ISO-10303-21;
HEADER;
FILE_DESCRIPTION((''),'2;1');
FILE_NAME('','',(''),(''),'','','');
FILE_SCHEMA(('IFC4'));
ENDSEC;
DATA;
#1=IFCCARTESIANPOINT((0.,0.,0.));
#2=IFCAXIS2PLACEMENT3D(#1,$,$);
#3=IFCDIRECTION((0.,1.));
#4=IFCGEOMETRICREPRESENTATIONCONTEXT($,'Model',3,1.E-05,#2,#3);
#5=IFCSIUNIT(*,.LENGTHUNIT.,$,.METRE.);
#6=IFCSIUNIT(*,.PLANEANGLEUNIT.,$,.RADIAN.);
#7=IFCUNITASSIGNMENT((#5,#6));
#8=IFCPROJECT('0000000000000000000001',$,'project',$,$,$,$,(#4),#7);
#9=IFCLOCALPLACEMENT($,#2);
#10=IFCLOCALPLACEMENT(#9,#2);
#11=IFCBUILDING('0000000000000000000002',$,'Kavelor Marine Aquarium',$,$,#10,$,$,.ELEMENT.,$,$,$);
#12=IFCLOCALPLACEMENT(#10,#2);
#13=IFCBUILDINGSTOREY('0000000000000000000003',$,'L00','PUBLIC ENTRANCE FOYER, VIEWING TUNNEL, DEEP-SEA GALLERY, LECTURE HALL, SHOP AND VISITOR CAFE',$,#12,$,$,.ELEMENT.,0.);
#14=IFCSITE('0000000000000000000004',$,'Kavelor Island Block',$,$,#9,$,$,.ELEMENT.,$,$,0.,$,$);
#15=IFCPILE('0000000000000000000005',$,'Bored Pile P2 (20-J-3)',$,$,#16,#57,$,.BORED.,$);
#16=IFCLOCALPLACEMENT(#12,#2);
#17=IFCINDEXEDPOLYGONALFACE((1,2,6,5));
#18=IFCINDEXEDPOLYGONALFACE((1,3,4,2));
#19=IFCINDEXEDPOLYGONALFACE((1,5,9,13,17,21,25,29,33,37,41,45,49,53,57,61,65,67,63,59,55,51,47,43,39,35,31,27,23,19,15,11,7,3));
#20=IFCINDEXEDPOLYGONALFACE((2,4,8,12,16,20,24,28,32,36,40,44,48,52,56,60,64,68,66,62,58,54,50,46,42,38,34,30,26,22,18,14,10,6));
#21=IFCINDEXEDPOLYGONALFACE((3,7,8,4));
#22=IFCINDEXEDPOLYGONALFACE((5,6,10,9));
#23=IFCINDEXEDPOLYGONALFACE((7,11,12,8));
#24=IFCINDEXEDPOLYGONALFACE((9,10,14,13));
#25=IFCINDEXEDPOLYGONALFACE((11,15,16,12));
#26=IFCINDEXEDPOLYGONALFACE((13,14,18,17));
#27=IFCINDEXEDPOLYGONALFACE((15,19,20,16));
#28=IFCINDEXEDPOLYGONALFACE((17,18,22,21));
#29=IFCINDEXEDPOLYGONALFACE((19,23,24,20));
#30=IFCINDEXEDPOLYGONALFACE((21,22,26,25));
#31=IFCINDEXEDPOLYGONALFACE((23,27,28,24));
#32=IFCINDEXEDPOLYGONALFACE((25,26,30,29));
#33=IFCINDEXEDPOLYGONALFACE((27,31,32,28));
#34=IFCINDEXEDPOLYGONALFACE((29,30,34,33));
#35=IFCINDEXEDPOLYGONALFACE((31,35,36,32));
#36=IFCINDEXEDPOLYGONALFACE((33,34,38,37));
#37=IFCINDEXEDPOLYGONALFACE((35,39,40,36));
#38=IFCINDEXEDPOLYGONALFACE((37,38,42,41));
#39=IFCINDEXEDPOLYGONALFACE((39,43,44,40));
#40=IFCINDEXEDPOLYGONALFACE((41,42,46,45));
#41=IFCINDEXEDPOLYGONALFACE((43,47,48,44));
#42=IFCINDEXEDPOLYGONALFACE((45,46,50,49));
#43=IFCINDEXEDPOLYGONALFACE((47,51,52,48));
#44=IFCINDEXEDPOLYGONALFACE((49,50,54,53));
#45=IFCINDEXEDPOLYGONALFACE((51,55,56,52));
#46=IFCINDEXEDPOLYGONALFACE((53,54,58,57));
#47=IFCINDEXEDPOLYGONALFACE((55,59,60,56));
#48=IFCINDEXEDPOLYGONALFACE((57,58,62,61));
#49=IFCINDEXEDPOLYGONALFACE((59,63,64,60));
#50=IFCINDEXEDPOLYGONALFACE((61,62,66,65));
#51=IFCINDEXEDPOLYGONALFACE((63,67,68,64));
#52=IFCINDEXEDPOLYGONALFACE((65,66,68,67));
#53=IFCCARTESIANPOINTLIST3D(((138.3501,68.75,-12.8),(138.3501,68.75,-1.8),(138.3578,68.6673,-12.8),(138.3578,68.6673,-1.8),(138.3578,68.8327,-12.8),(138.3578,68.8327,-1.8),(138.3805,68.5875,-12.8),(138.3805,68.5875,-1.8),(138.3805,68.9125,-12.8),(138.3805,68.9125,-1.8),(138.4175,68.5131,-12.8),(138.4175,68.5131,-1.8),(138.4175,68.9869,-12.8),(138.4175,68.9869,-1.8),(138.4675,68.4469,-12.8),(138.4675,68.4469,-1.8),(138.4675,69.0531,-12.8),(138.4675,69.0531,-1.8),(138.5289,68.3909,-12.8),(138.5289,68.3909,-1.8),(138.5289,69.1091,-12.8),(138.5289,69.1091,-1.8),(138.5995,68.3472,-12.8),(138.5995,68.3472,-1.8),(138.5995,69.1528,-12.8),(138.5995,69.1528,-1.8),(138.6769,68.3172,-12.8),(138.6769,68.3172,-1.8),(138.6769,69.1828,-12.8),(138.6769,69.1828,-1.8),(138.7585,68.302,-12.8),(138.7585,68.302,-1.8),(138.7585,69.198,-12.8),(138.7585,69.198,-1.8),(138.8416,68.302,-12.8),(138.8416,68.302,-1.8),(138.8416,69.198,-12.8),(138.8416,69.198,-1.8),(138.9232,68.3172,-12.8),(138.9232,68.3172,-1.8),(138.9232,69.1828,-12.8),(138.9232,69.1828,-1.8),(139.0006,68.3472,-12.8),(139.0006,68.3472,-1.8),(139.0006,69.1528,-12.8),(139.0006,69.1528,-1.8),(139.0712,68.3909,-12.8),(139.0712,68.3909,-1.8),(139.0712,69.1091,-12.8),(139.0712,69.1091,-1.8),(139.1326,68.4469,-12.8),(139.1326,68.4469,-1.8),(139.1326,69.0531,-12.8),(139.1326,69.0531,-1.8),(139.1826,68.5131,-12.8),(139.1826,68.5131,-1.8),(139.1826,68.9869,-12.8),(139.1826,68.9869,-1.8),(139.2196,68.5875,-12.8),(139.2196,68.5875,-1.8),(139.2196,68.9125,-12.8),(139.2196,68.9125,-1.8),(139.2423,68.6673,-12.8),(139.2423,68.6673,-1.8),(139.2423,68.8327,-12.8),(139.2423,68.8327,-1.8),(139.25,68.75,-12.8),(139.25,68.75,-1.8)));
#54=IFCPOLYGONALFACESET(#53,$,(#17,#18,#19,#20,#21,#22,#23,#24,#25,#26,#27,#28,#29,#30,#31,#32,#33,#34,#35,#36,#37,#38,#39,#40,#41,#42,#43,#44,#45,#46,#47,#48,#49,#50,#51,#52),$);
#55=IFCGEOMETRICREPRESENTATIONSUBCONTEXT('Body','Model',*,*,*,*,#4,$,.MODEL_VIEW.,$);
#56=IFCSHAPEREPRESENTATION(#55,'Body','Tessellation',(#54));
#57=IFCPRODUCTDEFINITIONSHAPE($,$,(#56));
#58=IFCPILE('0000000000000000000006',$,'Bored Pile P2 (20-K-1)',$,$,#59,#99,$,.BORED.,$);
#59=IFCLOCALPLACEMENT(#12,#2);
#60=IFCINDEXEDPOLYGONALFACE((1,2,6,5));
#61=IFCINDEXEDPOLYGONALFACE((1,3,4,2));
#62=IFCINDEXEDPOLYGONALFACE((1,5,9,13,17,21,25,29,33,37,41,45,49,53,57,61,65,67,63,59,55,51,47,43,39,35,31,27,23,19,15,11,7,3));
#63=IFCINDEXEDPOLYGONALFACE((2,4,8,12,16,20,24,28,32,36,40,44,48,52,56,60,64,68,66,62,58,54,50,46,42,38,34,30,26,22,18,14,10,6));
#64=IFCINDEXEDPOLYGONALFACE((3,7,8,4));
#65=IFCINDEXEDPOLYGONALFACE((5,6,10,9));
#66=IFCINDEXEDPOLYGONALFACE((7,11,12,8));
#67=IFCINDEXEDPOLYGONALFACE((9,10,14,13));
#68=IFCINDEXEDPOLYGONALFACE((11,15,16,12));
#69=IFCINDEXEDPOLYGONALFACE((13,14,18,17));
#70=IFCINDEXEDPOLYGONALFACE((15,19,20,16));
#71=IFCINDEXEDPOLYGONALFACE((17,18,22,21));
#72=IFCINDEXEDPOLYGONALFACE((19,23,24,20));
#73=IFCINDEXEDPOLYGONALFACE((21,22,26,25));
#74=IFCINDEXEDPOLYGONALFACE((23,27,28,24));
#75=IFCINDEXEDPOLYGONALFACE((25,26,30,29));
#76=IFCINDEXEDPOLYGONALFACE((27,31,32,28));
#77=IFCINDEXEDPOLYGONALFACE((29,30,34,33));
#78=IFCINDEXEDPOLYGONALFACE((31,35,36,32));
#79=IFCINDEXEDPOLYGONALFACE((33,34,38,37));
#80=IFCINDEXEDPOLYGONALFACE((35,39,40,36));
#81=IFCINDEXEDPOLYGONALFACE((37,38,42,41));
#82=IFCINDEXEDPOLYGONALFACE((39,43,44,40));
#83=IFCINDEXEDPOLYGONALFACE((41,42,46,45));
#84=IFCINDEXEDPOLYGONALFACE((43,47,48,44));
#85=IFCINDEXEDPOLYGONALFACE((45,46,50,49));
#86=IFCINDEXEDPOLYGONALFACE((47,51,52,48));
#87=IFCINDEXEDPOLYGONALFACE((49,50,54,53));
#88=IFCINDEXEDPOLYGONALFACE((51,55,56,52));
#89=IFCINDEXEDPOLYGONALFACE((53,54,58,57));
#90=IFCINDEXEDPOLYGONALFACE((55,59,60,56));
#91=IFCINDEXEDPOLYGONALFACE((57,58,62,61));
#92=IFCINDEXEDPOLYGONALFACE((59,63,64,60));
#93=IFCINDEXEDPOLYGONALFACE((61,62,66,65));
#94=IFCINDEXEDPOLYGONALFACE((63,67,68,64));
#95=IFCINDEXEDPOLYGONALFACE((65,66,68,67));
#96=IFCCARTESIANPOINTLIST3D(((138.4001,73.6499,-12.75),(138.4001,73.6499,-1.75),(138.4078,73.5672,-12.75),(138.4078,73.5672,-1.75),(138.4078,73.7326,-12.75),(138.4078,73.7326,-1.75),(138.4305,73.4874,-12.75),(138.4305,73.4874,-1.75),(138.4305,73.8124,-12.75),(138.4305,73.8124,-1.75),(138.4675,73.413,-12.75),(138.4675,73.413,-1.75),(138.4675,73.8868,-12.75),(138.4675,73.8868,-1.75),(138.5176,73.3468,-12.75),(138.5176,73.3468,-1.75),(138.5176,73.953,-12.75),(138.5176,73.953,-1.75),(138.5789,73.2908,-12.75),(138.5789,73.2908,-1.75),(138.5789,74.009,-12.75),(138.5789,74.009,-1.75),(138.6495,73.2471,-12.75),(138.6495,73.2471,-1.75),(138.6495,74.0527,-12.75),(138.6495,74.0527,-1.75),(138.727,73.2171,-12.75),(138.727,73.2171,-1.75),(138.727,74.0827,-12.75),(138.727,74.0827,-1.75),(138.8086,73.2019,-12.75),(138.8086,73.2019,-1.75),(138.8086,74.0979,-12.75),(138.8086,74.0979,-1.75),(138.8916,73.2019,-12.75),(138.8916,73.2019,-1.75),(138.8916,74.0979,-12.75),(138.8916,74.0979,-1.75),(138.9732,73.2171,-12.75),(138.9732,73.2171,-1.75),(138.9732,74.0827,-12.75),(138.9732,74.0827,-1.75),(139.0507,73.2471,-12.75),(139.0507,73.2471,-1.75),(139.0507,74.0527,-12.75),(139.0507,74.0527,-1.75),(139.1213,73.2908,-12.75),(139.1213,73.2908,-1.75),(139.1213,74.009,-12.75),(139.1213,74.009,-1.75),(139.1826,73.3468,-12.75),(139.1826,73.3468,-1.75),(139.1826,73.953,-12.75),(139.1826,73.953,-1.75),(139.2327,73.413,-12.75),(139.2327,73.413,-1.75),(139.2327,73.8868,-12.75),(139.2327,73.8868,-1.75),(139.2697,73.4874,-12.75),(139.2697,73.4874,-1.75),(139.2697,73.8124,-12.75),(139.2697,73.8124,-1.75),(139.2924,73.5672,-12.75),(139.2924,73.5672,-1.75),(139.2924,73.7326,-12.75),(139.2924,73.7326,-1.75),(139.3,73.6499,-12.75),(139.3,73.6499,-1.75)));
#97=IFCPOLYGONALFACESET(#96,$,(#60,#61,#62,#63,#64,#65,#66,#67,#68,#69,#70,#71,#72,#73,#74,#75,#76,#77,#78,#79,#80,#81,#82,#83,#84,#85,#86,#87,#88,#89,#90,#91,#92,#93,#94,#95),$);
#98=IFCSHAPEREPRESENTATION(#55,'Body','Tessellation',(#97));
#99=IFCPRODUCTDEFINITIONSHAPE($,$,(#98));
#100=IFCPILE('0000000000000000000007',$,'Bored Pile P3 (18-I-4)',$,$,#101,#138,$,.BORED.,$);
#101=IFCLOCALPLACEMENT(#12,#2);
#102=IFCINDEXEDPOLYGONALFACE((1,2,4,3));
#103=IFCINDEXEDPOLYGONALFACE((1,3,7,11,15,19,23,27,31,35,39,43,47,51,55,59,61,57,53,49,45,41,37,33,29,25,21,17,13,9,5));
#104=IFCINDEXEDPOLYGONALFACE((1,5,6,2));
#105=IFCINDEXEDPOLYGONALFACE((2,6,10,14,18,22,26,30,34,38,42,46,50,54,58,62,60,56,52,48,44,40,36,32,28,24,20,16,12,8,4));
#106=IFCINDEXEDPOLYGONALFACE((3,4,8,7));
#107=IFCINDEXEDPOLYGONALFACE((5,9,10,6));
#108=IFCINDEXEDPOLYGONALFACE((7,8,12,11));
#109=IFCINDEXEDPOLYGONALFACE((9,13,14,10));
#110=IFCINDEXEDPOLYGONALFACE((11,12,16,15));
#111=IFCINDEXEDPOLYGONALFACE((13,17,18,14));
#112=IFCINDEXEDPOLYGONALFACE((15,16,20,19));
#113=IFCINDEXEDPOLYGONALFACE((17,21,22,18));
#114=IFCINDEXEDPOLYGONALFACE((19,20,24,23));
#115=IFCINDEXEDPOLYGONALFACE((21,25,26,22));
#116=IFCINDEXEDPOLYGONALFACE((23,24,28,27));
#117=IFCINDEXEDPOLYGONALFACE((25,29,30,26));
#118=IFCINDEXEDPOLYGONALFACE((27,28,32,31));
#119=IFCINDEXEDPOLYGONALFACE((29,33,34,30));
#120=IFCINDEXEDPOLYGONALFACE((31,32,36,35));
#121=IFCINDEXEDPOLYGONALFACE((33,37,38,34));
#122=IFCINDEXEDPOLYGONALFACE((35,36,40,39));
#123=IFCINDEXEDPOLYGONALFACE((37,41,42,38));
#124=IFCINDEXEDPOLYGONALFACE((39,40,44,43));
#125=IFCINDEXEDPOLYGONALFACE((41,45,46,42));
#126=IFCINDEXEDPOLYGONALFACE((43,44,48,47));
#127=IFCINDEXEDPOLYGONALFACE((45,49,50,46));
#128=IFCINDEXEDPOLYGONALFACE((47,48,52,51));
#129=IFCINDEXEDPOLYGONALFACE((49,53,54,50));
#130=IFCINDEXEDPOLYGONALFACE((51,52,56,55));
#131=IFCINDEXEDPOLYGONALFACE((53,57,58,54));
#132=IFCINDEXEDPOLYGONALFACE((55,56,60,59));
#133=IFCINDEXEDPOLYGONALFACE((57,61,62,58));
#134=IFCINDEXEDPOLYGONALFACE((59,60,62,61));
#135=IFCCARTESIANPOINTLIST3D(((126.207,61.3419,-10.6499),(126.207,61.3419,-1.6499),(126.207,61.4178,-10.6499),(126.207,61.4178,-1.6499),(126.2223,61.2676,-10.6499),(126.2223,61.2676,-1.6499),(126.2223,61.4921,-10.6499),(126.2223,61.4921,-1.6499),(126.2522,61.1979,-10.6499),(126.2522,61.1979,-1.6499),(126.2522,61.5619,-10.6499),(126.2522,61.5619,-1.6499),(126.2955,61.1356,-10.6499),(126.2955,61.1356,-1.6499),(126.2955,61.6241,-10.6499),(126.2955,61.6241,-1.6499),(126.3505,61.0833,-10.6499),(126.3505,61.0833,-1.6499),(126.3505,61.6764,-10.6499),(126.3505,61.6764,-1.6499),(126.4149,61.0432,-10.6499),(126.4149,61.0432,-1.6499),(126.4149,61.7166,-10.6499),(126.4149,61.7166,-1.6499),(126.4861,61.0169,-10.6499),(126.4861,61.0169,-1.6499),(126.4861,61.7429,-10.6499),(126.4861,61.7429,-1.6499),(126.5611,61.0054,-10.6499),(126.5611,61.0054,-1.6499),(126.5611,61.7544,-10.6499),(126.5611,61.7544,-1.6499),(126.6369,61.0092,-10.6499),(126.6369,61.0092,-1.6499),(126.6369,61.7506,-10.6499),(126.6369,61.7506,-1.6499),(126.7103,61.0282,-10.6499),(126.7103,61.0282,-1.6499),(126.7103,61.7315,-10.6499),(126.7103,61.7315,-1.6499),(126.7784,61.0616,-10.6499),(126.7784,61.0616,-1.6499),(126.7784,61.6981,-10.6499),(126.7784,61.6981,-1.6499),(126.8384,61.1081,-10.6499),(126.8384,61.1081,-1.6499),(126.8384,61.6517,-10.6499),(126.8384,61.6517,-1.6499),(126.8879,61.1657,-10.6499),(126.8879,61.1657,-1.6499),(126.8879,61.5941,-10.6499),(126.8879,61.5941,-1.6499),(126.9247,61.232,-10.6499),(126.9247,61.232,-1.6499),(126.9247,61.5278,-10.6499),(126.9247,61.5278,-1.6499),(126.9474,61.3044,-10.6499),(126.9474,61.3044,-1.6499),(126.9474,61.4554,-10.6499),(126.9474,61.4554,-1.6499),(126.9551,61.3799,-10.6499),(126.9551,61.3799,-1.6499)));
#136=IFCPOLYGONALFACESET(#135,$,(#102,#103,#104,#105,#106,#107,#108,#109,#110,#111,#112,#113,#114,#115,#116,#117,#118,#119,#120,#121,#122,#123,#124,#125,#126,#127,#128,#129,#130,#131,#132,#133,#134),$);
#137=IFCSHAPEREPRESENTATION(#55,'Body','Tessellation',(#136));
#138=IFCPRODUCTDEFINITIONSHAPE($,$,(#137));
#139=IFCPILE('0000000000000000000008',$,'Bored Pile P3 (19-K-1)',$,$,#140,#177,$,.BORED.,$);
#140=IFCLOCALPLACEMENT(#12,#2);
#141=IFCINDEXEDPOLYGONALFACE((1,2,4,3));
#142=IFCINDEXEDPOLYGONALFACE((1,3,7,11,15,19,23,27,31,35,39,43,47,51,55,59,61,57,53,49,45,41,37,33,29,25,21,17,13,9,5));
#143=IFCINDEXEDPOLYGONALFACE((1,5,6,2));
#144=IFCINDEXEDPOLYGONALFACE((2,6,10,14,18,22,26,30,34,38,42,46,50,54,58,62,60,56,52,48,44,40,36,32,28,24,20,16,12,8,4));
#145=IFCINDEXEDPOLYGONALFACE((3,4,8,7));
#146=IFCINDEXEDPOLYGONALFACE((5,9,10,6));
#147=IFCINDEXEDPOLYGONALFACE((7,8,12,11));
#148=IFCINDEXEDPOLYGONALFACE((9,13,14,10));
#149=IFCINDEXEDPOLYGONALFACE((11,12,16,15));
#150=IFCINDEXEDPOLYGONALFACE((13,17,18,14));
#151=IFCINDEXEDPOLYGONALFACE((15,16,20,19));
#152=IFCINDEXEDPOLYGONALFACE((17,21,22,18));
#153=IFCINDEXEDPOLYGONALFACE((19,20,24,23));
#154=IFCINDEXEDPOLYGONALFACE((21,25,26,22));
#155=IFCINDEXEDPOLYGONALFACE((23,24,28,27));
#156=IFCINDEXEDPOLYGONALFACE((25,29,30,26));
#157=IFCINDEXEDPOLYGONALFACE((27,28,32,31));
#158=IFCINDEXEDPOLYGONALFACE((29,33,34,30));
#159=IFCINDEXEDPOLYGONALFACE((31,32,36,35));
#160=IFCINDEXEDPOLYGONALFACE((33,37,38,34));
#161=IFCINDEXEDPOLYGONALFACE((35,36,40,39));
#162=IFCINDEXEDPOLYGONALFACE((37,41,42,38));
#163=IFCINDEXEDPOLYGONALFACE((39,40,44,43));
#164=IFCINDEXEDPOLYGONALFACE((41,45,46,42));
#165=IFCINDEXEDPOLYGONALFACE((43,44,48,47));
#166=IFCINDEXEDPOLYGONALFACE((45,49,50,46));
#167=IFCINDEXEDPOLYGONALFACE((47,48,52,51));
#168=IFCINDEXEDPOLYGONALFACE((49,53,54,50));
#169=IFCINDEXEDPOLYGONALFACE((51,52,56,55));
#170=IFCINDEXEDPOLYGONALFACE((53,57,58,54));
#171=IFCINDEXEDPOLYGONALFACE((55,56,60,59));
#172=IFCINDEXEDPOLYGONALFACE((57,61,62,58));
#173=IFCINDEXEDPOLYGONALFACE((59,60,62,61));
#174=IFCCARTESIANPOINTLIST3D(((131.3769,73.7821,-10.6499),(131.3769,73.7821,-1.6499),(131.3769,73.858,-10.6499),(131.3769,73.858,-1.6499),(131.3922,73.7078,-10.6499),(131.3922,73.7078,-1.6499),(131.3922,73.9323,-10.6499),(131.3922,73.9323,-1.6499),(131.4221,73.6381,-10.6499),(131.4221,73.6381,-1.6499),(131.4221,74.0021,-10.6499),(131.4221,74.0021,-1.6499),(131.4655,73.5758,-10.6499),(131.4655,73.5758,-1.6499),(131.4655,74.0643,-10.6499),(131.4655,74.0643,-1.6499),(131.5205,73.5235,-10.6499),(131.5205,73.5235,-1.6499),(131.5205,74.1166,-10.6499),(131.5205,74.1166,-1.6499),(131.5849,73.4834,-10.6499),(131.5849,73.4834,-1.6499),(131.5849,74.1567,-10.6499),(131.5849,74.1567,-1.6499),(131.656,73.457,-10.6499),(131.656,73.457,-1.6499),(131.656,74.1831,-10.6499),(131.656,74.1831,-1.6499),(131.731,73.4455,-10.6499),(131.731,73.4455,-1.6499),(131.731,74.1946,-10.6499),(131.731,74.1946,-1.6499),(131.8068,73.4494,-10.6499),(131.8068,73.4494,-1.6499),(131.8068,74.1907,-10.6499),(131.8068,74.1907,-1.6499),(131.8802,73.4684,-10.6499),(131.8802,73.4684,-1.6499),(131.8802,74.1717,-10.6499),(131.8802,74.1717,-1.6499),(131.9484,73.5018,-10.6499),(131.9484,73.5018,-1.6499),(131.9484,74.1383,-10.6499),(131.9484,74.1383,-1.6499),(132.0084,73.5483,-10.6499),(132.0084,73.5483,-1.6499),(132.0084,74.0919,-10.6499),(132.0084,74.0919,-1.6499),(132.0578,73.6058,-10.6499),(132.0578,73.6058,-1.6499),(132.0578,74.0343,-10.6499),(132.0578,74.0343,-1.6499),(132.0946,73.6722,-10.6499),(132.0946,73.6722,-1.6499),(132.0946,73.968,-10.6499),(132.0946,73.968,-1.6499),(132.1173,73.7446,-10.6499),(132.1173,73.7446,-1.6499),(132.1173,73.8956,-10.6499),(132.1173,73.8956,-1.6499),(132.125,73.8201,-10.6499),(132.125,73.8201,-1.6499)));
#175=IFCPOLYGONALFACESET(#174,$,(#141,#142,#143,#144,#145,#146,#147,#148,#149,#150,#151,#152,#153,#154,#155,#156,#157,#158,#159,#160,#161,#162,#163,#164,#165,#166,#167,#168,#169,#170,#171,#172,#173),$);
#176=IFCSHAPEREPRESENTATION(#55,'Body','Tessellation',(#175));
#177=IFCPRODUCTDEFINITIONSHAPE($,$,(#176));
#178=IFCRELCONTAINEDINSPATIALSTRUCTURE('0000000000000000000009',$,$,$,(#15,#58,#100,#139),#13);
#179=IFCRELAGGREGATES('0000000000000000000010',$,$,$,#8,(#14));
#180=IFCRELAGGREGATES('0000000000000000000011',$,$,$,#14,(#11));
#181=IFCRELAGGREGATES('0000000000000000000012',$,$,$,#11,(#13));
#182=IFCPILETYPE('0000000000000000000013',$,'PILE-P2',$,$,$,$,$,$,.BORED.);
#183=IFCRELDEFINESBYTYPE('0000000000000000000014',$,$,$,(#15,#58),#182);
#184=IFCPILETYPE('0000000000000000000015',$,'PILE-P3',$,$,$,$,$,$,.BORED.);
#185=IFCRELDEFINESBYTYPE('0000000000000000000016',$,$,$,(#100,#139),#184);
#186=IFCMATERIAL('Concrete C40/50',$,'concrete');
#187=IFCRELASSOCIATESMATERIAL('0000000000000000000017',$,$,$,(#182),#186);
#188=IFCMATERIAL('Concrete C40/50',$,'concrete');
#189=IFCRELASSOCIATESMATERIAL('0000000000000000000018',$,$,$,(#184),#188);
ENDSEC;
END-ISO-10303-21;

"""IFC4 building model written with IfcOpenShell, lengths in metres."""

from ifc_helpers import new_model, si_unit, direction, frame, origin, origin_2d, place, context, subcontext, project, spatial, circle, extrude, material, material_profile, profile_set, type_object, element, save


model = new_model("IFC4")

# Units and contexts
model_context = context("Model", 3, precision=1e-05, world=origin(), true_north=direction((0.0, 1.0)))
body_context = subcontext(model_context, "Body", "Model", "MODEL_VIEW")
ifc_project = project(units=[si_unit("LENGTHUNIT", "METRE"), si_unit("PLANEANGLEUNIT", "RADIAN")], contexts=[model_context])

# Site, building, storey
site_placement = place(None, origin())
site = spatial("IfcSite", under=ifc_project, at=site_placement, Name="Kavelor Island Block", CompositionType="ELEMENT", RefElevation=0.0)
building_placement = place(site_placement, origin())
building = spatial("IfcBuilding", under=site, at=building_placement, Name="Kavelor Marine Aquarium", CompositionType="ELEMENT")
storey_placement = place(building_placement, origin())
storey = spatial("IfcBuildingStorey", under=building, at=storey_placement, Name="L00", Description="PUBLIC ENTRANCE FOYER, VIEWING TUNNEL, DEEP-SEA GALLERY, LECTURE HALL, SHOP AND VISITOR CAFE", CompositionType="ELEMENT", Elevation=0.0)

# Piles
ifc_material_1 = material(Name="Concrete C40/50", Category="concrete")
ifc_material_profile_1 = material_profile(ifc_material_1, circle(Radius=0.45, at=origin_2d()), Name="PILE D900")
ifc_profile_set_1 = profile_set([ifc_material_profile_1], Name="Concrete C40/50")
pile_type_1 = type_object("IfcPileType", Name="PILE-P2", PredefinedType="BORED", material=ifc_profile_set_1)
for number, where, z_axis, x_axis, name in (
    (1, (138.8, 68.75, -1.8), (0.0, 0.0, -1.0), (1.0, 0.0, 0.0), "Bored Pile P2 (20-J-3)"),
    (2, (138.8501, 73.6499, -1.75), (0.0, 0.0, -1.0), (1.0, 0.0, 0.0), "Bored Pile P2 (20-K-1)"),
):
    element("IfcPile", number, at=place(storey_placement, frame(where, z_axis=z_axis, x_axis=x_axis)), inside=storey, type_object=pile_type_1, Name=name, PredefinedType="BORED", context=body_context, shape_type="SweptSolid", body=[
        extrude(circle(Radius=0.45, at=origin_2d()), origin(), (0.0, 0.0, 1.0), 11.0),
    ])
ifc_material_2 = material(Name="Concrete C40/50", Category="concrete")
ifc_material_profile_2 = material_profile(ifc_material_2, circle(Radius=0.375, at=origin_2d()), Name="PILE D750")
ifc_profile_set_2 = profile_set([ifc_material_profile_2], Name="Concrete C40/50")
pile_type_2 = type_object("IfcPileType", Name="PILE-P3", PredefinedType="BORED", material=ifc_profile_set_2)
for number, where, z_axis, x_axis, name in (
    (3, (126.5801, 61.3799, -1.6499), (0.0, 0.0, -1.0), (1.0, 0.0, 0.0), "Bored Pile P3 (18-I-4)"),
    (4, (131.75, 73.8201, -1.6499), (0.0, 0.0, -1.0), (1.0, 0.0, 0.0), "Bored Pile P3 (19-K-1)"),
):
    element("IfcPile", number, at=place(storey_placement, frame(where, z_axis=z_axis, x_axis=x_axis)), inside=storey, type_object=pile_type_2, Name=name, PredefinedType="BORED", context=body_context, shape_type="SweptSolid", body=[
        extrude(circle(Radius=0.375, at=origin_2d()), origin(), (0.0, 0.0, 1.0), 9.0),
    ])

save(model, "model.ifc")
